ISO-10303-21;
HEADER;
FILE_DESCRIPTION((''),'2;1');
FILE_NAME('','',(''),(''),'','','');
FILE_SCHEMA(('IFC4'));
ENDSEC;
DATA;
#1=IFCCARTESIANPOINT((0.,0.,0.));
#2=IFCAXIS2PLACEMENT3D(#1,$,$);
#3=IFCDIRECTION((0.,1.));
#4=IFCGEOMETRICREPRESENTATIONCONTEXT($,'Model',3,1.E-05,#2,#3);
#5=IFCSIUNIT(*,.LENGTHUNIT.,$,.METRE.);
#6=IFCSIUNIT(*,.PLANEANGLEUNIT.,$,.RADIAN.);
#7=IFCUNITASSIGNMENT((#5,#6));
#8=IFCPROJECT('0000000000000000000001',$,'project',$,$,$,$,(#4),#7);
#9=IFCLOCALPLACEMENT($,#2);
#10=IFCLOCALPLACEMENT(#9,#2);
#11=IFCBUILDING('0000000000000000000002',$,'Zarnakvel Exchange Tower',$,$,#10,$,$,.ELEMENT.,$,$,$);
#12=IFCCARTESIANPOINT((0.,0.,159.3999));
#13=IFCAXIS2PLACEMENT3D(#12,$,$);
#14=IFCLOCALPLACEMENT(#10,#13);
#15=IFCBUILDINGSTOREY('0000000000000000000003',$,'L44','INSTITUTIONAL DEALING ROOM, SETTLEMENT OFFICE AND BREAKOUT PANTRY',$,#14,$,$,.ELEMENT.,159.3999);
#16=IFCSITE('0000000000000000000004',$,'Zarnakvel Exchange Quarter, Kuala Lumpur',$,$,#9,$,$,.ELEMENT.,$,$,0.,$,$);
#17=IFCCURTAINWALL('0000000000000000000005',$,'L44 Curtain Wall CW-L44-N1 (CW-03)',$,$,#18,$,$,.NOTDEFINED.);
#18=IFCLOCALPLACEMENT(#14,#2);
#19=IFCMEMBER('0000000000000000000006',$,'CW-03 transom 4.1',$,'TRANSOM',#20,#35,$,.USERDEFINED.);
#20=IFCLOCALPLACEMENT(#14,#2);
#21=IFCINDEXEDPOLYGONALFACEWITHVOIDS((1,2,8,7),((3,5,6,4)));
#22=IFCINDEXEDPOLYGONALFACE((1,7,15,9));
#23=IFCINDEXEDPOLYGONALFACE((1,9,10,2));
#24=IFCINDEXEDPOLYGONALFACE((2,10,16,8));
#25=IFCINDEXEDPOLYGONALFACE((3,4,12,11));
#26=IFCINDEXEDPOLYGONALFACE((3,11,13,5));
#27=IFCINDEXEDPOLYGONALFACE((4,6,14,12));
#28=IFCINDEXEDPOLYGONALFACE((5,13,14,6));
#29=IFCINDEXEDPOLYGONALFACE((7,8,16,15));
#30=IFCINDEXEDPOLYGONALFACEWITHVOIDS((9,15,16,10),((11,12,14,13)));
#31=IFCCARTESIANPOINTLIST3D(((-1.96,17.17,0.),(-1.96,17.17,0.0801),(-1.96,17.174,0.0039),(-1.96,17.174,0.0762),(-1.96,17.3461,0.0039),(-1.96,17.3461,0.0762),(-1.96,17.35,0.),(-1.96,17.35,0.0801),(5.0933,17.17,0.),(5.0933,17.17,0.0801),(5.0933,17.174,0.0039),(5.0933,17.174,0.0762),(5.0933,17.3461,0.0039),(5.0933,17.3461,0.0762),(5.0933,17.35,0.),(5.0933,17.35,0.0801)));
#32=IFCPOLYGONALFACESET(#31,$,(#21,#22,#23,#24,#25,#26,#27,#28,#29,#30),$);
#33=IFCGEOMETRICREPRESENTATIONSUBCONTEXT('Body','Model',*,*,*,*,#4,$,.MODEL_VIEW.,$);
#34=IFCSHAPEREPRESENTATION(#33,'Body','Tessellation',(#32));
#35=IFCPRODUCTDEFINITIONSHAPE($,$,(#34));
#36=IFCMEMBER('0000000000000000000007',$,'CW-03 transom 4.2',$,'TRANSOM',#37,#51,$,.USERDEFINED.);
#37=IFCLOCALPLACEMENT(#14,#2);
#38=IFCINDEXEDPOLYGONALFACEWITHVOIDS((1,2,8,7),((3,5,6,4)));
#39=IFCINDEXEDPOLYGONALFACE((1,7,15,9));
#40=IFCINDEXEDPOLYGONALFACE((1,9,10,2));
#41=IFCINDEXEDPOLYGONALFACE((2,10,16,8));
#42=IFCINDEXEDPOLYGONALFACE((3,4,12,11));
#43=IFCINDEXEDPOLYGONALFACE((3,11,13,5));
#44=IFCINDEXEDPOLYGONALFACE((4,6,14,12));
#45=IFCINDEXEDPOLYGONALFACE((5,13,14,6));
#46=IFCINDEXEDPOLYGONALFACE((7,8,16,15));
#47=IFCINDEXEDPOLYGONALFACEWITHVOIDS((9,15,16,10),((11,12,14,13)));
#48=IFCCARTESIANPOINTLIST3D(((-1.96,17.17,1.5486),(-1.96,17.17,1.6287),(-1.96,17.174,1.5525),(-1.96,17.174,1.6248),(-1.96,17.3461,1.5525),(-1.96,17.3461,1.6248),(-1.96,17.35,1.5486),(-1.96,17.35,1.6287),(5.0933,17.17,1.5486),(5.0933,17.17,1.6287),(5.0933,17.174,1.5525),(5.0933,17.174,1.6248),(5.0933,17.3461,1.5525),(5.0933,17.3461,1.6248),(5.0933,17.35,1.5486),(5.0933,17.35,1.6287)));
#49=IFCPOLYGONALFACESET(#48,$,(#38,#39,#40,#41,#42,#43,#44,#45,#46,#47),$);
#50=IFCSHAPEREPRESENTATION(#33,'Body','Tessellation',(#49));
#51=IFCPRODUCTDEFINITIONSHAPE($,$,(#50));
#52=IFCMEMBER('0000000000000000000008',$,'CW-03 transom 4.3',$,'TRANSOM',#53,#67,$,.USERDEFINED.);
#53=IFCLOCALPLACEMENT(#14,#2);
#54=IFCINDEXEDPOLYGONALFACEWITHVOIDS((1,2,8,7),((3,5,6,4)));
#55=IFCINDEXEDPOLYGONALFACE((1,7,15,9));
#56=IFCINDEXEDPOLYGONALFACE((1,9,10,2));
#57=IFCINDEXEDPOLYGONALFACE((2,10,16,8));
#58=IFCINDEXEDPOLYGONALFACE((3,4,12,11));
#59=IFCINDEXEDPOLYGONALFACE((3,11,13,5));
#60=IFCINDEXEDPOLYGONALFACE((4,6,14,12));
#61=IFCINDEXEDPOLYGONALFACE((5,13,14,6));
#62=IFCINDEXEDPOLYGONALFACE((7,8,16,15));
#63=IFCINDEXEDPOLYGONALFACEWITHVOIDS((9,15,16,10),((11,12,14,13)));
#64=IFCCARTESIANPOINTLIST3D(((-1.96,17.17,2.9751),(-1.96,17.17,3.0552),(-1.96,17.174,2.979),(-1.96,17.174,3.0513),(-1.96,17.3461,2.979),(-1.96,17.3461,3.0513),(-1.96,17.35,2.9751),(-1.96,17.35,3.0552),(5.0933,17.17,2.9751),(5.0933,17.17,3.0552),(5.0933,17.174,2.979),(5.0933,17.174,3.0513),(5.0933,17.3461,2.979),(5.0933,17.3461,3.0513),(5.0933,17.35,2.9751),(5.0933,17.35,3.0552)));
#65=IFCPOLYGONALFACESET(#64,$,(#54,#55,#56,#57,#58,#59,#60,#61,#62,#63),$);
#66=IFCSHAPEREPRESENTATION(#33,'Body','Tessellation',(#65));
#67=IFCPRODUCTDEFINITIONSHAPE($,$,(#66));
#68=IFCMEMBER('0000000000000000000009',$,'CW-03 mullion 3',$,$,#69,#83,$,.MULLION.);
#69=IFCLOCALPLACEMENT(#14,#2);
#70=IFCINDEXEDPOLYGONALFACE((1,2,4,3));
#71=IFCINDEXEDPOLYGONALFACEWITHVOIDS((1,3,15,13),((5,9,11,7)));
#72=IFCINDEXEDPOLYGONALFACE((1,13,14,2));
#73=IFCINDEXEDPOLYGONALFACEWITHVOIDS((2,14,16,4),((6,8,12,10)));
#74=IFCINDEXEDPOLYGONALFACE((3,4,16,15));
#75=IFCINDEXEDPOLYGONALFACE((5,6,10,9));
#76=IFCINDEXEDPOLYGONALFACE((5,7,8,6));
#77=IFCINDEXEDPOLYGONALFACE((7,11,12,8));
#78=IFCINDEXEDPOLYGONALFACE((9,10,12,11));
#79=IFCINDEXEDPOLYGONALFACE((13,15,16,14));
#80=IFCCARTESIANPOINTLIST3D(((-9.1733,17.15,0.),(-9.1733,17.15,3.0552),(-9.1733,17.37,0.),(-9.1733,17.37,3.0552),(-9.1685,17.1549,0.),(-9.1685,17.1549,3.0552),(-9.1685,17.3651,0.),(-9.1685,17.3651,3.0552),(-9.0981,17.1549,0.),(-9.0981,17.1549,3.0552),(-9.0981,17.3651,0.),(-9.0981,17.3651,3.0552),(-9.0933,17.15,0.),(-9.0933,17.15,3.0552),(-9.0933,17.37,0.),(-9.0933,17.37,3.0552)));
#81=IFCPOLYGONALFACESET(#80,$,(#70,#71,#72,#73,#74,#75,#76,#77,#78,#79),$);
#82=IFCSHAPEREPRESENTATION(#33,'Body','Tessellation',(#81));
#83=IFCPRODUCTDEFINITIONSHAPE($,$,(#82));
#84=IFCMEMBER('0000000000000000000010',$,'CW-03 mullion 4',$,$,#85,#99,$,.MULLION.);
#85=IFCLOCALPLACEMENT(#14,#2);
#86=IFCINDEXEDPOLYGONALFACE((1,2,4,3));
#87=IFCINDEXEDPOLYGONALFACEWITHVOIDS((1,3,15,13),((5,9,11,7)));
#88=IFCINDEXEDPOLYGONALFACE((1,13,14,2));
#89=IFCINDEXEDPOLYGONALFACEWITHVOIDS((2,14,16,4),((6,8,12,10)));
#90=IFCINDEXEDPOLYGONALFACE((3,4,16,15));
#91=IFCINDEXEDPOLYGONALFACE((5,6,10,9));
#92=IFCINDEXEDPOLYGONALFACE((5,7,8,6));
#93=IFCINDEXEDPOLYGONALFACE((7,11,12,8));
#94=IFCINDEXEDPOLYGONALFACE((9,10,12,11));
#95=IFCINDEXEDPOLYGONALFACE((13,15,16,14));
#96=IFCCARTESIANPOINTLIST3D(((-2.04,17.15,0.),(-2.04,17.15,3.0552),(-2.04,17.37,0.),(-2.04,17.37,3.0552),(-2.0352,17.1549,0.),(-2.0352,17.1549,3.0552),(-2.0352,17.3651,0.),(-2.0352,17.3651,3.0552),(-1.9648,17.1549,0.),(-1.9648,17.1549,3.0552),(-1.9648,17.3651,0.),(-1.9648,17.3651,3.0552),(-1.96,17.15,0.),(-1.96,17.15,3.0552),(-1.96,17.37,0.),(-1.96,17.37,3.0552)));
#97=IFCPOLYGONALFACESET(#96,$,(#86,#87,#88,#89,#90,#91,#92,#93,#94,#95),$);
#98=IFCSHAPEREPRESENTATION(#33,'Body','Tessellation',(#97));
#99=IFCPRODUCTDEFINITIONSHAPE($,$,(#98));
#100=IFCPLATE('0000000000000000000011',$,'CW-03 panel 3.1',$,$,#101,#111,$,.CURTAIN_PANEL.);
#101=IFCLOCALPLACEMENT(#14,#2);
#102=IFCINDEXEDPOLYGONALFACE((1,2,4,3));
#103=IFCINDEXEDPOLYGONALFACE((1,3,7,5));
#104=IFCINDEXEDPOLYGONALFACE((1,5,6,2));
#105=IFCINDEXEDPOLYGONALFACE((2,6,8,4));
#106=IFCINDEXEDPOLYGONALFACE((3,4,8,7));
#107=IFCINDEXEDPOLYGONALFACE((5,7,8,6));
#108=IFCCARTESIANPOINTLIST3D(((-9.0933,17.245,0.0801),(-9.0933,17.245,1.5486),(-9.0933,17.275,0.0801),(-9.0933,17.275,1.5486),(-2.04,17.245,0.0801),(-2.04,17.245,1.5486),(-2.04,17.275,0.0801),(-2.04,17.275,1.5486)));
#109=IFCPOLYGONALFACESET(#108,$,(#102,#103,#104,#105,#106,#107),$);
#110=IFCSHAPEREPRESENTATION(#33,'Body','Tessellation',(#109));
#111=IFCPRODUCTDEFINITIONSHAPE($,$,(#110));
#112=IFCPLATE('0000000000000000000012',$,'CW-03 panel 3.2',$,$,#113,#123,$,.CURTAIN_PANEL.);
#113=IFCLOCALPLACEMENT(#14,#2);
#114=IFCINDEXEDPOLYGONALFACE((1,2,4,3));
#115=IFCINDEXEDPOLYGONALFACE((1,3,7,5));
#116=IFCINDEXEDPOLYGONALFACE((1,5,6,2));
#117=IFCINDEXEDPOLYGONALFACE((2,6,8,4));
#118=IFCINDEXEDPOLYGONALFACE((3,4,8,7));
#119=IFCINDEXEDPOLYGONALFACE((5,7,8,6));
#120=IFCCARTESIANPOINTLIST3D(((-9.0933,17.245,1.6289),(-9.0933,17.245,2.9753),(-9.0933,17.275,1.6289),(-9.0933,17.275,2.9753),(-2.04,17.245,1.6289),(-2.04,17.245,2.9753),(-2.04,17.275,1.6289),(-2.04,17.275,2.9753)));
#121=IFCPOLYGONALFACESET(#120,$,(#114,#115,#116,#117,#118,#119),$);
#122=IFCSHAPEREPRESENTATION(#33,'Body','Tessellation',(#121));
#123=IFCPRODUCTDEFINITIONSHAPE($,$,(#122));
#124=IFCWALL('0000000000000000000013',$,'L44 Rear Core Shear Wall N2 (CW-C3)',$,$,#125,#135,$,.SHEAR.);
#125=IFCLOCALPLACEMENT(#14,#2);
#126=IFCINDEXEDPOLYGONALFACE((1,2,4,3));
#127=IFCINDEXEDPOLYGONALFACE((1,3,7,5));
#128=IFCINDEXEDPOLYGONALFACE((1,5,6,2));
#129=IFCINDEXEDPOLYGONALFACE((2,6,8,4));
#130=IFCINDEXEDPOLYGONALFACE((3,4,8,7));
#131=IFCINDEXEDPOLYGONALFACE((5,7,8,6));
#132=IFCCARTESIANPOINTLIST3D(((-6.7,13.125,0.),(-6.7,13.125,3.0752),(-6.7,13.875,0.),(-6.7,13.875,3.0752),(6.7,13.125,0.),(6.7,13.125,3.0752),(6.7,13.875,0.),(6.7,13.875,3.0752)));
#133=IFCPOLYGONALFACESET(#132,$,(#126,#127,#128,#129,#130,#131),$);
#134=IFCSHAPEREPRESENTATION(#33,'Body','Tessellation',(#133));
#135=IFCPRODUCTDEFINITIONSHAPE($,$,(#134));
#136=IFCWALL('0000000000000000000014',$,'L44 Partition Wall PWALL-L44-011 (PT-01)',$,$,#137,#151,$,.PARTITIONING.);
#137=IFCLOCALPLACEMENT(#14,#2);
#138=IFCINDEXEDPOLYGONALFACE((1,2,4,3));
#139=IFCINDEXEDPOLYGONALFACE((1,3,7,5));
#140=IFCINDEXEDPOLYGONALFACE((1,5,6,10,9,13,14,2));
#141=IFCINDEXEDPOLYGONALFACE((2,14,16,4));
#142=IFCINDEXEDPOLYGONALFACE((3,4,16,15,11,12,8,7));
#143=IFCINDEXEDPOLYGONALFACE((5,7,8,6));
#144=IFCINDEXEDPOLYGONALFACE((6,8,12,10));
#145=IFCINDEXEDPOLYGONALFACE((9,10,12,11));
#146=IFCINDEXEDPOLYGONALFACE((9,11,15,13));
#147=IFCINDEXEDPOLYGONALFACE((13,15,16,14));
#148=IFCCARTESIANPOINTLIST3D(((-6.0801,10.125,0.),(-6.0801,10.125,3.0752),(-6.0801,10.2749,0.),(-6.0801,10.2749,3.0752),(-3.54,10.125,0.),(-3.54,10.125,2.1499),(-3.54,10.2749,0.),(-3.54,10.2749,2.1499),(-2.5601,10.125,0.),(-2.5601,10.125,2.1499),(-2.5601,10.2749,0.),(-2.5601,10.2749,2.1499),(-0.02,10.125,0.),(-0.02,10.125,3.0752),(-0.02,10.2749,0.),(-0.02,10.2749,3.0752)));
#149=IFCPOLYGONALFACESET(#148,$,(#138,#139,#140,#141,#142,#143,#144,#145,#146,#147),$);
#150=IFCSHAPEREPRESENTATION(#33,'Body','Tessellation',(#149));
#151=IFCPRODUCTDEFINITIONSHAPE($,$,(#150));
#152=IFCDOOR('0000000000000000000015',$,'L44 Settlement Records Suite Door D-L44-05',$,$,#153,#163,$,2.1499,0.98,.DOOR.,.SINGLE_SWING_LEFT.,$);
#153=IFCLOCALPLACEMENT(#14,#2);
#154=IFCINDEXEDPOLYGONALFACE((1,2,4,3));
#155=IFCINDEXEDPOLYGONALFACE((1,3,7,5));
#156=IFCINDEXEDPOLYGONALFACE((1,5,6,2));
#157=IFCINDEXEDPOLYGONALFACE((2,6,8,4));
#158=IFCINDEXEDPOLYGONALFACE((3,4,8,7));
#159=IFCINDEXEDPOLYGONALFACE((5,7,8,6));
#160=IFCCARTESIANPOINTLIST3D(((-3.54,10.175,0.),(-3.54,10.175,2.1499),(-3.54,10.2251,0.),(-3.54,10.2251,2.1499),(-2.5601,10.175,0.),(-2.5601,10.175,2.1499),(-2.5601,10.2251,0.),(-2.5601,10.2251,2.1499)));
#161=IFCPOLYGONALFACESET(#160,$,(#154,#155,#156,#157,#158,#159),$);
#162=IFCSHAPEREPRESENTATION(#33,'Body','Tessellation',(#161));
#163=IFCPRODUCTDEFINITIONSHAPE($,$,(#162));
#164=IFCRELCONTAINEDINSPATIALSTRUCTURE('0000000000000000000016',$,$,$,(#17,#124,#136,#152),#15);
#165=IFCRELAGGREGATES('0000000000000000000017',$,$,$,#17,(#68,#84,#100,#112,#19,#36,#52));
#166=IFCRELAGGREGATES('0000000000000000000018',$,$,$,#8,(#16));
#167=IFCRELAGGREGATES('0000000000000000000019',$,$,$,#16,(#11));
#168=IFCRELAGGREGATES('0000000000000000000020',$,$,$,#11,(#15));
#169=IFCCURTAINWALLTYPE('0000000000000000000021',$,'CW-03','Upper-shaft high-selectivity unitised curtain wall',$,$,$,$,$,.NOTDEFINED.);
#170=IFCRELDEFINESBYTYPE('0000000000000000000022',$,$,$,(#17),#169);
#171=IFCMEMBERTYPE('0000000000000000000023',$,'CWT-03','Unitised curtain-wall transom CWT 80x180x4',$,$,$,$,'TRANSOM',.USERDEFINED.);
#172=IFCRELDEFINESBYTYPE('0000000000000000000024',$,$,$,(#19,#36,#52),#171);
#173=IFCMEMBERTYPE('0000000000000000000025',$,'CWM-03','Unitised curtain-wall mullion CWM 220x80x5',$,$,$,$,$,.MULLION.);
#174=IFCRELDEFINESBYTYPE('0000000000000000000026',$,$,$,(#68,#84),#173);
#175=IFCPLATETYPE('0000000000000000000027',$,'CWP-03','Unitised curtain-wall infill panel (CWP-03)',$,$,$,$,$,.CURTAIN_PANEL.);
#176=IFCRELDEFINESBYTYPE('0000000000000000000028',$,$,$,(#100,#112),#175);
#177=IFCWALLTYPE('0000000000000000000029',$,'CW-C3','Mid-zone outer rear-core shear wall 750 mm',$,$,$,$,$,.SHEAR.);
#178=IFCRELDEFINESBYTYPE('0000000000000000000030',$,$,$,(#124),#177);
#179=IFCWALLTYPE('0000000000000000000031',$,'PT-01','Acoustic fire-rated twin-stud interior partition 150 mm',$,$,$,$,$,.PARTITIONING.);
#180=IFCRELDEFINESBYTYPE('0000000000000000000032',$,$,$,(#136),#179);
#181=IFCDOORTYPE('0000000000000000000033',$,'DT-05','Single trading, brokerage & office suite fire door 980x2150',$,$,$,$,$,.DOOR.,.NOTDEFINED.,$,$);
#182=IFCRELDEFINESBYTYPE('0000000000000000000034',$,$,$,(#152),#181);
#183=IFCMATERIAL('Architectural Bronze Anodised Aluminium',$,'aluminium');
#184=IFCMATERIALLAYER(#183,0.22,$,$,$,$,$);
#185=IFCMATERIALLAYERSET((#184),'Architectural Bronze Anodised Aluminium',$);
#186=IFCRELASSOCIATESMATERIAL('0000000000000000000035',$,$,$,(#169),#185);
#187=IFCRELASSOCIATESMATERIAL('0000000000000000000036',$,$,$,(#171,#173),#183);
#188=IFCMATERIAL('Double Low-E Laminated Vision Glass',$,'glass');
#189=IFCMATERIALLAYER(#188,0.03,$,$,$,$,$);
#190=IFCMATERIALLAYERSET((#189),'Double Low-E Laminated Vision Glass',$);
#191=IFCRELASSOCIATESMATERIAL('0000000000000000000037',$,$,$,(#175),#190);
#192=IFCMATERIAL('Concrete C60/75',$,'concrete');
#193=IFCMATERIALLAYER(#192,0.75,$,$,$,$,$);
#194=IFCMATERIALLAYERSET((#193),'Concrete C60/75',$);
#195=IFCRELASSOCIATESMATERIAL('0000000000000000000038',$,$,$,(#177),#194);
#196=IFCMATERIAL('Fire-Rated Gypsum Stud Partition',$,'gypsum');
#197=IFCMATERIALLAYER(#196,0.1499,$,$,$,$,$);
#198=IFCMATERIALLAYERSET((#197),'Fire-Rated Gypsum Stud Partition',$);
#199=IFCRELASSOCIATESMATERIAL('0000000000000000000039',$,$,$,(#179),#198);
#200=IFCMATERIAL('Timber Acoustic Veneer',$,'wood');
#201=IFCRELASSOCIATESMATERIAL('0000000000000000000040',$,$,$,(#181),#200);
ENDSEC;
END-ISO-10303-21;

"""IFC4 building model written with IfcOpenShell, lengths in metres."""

from ifc_helpers import new_model, si_unit, direction, frame, frame_2d, origin, origin_2d, place, context, subcontext, project, spatial, rectangle, hollow_rectangle, extrude, source, transform, mapped, material, layer, layer_set, material_profile, profile_set, type_object, element, fill, aggregate, save


model = new_model("IFC4")

# Units and contexts
model_context = context("Model", 3, precision=1e-05, world=origin(), true_north=direction((0.0, 1.0)))
body_context = subcontext(model_context, "Body", "Model", "MODEL_VIEW")
ifc_project = project(units=[si_unit("LENGTHUNIT", "METRE"), si_unit("PLANEANGLEUNIT", "RADIAN")], contexts=[model_context])

# Site, building, storey
site_placement = place(None, origin())
site = spatial("IfcSite", under=ifc_project, at=site_placement, Name="Zarnakvel Exchange Quarter, Kuala Lumpur", CompositionType="ELEMENT", RefElevation=0.0)
building_placement = place(site_placement, origin())
building = spatial("IfcBuilding", under=site, at=building_placement, Name="Zarnakvel Exchange Tower", CompositionType="ELEMENT")
storey_placement = place(building_placement, frame((0.0, 0.0, 159.3999)))
storey = spatial("IfcBuildingStorey", under=building, at=storey_placement, Name="L44", Description="INSTITUTIONAL DEALING ROOM, SETTLEMENT OFFICE AND BREAKOUT PANTRY", CompositionType="ELEMENT", Elevation=159.3999)

# Shared definitions
ifc_material_1 = material(Name="Concrete C60/75", Category="concrete")

# Curtain wall, members, plates
ifc_material_2 = material(Name="Architectural Bronze Anodised Aluminium", Category="aluminium")
ifc_layer_1 = layer(ifc_material_2, 0.22)
ifc_layer_set_1 = layer_set([ifc_layer_1], Name="Architectural Bronze Anodised Aluminium")
curtain_wall_type = type_object("IfcCurtainWallType", Name="CW-03", Description="Upper-shaft high-selectivity unitised curtain wall", PredefinedType="NOTDEFINED", material=ifc_layer_set_1)
curtain_wall_placement = place(storey_placement, origin())
curtain_wall = element("IfcCurtainWall", 1, at=curtain_wall_placement, inside=storey, type_object=curtain_wall_type, Name="L44 Curtain Wall CW-L44-N1 (CW-03)", PredefinedType="NOTDEFINED")
ifc_material_profile_1 = material_profile(ifc_material_2, hollow_rectangle(XDim=0.1799, YDim=0.0801, WallThickness=0.0039, at=origin_2d()))
ifc_profile_set_1 = profile_set([ifc_material_profile_1], Name="Architectural Bronze Anodised Aluminium")
member_type_1 = type_object("IfcMemberType", Name="CWT-03", Description="Unitised curtain-wall transom CWT 80x180x4", ElementType="TRANSOM", PredefinedType="USERDEFINED", material=ifc_profile_set_1)
shared_shape_1 = source(origin(), body_context, "Body", "SweptSolid", [
    extrude(hollow_rectangle(XDim=0.1799, YDim=0.0801, WallThickness=0.0039, at=origin_2d()), origin(), (0.0, 0.0, 1.0), 7.0532),
])
member_1_placement = place(storey_placement, frame((-1.96, 17.26, 0.04), z_axis=(1.0, 0.0, 0.0), x_axis=(0.0, 1.0, 0.0)))
member_1 = element("IfcMember", 2, at=member_1_placement, type_object=member_type_1, Name="CW-03 transom 4.1", ObjectType="TRANSOM", PredefinedType="USERDEFINED", context=body_context, shape_type="MappedRepresentation", body=[
    mapped(shared_shape_1, transform((0.0, 0.0, 0.0), x_axis=(1.0, 0.0, 0.0), y_axis=(0.0, 1.0, 0.0), z_axis=(0.0, 0.0, 1.0), scale=1.0)),
])
member_2_placement = place(storey_placement, frame((-1.96, 17.26, 1.5886), z_axis=(1.0, 0.0, 0.0), x_axis=(0.0, 1.0, 0.0)))
member_2 = element("IfcMember", 3, at=member_2_placement, type_object=member_type_1, Name="CW-03 transom 4.2", ObjectType="TRANSOM", PredefinedType="USERDEFINED", context=body_context, shape_type="MappedRepresentation", body=[
    mapped(shared_shape_1, transform((0.0, 0.0, 0.0), x_axis=(1.0, 0.0, 0.0), y_axis=(0.0, 1.0, 0.0), z_axis=(0.0, 0.0, 1.0), scale=1.0)),
])
member_3_placement = place(storey_placement, frame((-1.96, 17.26, 3.0151), z_axis=(1.0, 0.0, 0.0), x_axis=(0.0, 1.0, 0.0)))
member_3 = element("IfcMember", 4, at=member_3_placement, type_object=member_type_1, Name="CW-03 transom 4.3", ObjectType="TRANSOM", PredefinedType="USERDEFINED", context=body_context, shape_type="MappedRepresentation", body=[
    mapped(shared_shape_1, transform((0.0, 0.0, 0.0), x_axis=(1.0, 0.0, 0.0), y_axis=(0.0, 1.0, 0.0), z_axis=(0.0, 0.0, 1.0), scale=1.0)),
])
ifc_material_profile_2 = material_profile(ifc_material_2, hollow_rectangle(XDim=0.22, YDim=0.0801, WallThickness=0.0049, at=origin_2d()))
ifc_profile_set_2 = profile_set([ifc_material_profile_2], Name="Architectural Bronze Anodised Aluminium")
member_type_2 = type_object("IfcMemberType", Name="CWM-03", Description="Unitised curtain-wall mullion CWM 220x80x5", PredefinedType="MULLION", material=ifc_profile_set_2)
shared_shape_2 = source(origin(), body_context, "Body", "SweptSolid", [
    extrude(hollow_rectangle(XDim=0.22, YDim=0.0801, WallThickness=0.0049, at=origin_2d()), origin(), (0.0, 0.0, 1.0), 3.0552),
])
member_4_placement = place(storey_placement, frame((-9.1333, 17.26, 0.0), z_axis=(0.0, 0.0, 1.0), x_axis=(0.0, 1.0, 0.0)))
member_4 = element("IfcMember", 5, at=member_4_placement, type_object=member_type_2, Name="CW-03 mullion 3", PredefinedType="MULLION", context=body_context, shape_type="MappedRepresentation", body=[
    mapped(shared_shape_2, transform((0.0, 0.0, 0.0), x_axis=(1.0, 0.0, 0.0), y_axis=(0.0, 1.0, 0.0), z_axis=(0.0, 0.0, 1.0), scale=1.0)),
])
member_5_placement = place(storey_placement, frame((-2.0, 17.26, 0.0), z_axis=(0.0, 0.0, 1.0), x_axis=(0.0, 1.0, 0.0)))
member_5 = element("IfcMember", 6, at=member_5_placement, type_object=member_type_2, Name="CW-03 mullion 4", PredefinedType="MULLION", context=body_context, shape_type="MappedRepresentation", body=[
    mapped(shared_shape_2, transform((0.0, 0.0, 0.0), x_axis=(1.0, 0.0, 0.0), y_axis=(0.0, 1.0, 0.0), z_axis=(0.0, 0.0, 1.0), scale=1.0)),
])
ifc_material_3 = material(Name="Double Low-E Laminated Vision Glass", Category="glass")
ifc_layer_2 = layer(ifc_material_3, 0.03)
ifc_layer_set_2 = layer_set([ifc_layer_2], Name="Double Low-E Laminated Vision Glass")
plate_type = type_object("IfcPlateType", Name="CWP-03", Description="Unitised curtain-wall infill panel (CWP-03)", PredefinedType="CURTAIN_PANEL", material=ifc_layer_set_2)
shared_shape_3 = source(origin(), body_context, "Body", "SweptSolid", [
    extrude(rectangle(XDim=7.0532, YDim=0.03, at=origin_2d()), origin(), (0.0, 0.0, 1.0), 1.4685),
])
plate_1_placement = place(storey_placement, frame((-5.5667, 17.26, 0.0801), z_axis=(0.0, 0.0, 1.0), x_axis=(1.0, 0.0, 0.0)))
plate_1 = element("IfcPlate", 7, at=plate_1_placement, type_object=plate_type, Name="CW-03 panel 3.1", PredefinedType="CURTAIN_PANEL", context=body_context, shape_type="MappedRepresentation", body=[
    mapped(shared_shape_3, transform((0.0, 0.0, 0.0), x_axis=(1.0, 0.0, 0.0), y_axis=(0.0, 1.0, 0.0), z_axis=(0.0, 0.0, 1.0), scale=1.0)),
])
shared_shape_4 = source(origin(), body_context, "Body", "SweptSolid", [
    extrude(rectangle(XDim=7.0532, YDim=0.03, at=origin_2d()), origin(), (0.0, 0.0, 1.0), 1.3464),
])
plate_2_placement = place(storey_placement, frame((-5.5667, 17.26, 1.6289), z_axis=(0.0, 0.0, 1.0), x_axis=(1.0, 0.0, 0.0)))
plate_2 = element("IfcPlate", 8, at=plate_2_placement, type_object=plate_type, Name="CW-03 panel 3.2", PredefinedType="CURTAIN_PANEL", context=body_context, shape_type="MappedRepresentation", body=[
    mapped(shared_shape_4, transform((0.0, 0.0, 0.0), x_axis=(1.0, 0.0, 0.0), y_axis=(0.0, 1.0, 0.0), z_axis=(0.0, 0.0, 1.0), scale=1.0)),
])
aggregate(curtain_wall, [member_4, member_5, plate_1, plate_2, member_1, member_2, member_3])

# Wall
ifc_layer_3 = layer(ifc_material_1, 0.75)
ifc_layer_set_3 = layer_set([ifc_layer_3], Name="Concrete C60/75")
wall_type_1 = type_object("IfcWallType", Name="CW-C3", Description="Mid-zone outer rear-core shear wall 750 mm", PredefinedType="SHEAR", material=ifc_layer_set_3)
wall_1_placement = place(storey_placement, frame((-6.7, 13.5, 0.0), z_axis=(0.0, 0.0, 1.0), x_axis=(1.0, 0.0, 0.0)))
element("IfcWall", 9, at=wall_1_placement, inside=storey, type_object=wall_type_1, Name="L44 Rear Core Shear Wall N2 (CW-C3)", PredefinedType="SHEAR", context=body_context, shape_type="SweptSolid", body=[
    extrude(rectangle(XDim=13.3999, YDim=0.75, at=frame_2d((6.7, 0.0))), origin(), (0.0, 0.0, 1.0), 3.0752),
])

# Wall, opening, door
ifc_material_4 = material(Name="Fire-Rated Gypsum Stud Partition", Category="gypsum")
ifc_layer_4 = layer(ifc_material_4, 0.1499)
ifc_layer_set_4 = layer_set([ifc_layer_4], Name="Fire-Rated Gypsum Stud Partition")
wall_type_2 = type_object("IfcWallType", Name="PT-01", Description="Acoustic fire-rated twin-stud interior partition 150 mm", PredefinedType="PARTITIONING", material=ifc_layer_set_4)
wall_2_placement = place(storey_placement, frame((-0.02, 10.2, 0.0), z_axis=(0.0, 0.0, 1.0), x_axis=(-1.0, 0.0, 0.0)))
wall_2 = element("IfcWall", 10, at=wall_2_placement, inside=storey, type_object=wall_type_2, Name="L44 Partition Wall PWALL-L44-011 (PT-01)", PredefinedType="PARTITIONING", context=body_context, shape_type="SweptSolid", body=[
    extrude(rectangle(XDim=6.0601, YDim=0.1499, at=frame_2d((3.03, 0.0))), origin(), (0.0, 0.0, 1.0), 3.0752),
])
opening_1_placement = place(wall_2_placement, frame((2.54, 0.0, 0.0)))
opening_1 = element("IfcOpeningElement", 11, at=opening_1_placement, cuts=wall_2, PredefinedType="OPENING", context=body_context, shape_type="SweptSolid", body=[
    extrude(rectangle(XDim=0.98, YDim=2.1499, at=frame_2d((0.49, 1.075))), frame((0.0, 0.085, 0.0), z_axis=(0.0, -1.0, 0.0), x_axis=(1.0, 0.0, 0.0)), (0.0, 0.0, 1.0), 0.1699),
])
ifc_material_5 = material(Name="Timber Acoustic Veneer", Category="wood")
door_type = type_object("IfcDoorType", Name="DT-05", Description="Single trading, brokerage & office suite fire door 980x2150", OperationType="NOTDEFINED", PredefinedType="DOOR", material=ifc_material_5)
shared_shape_5 = source(origin(), body_context, "Body", "SweptSolid", [
    extrude(rectangle(XDim=0.98, YDim=2.1499, at=frame_2d((0.49, 1.075))), frame((0.0, 0.0249, 0.0), z_axis=(0.0, -1.0, 0.0), x_axis=(1.0, 0.0, 0.0)), (0.0, 0.0, 1.0), 0.05),
])
door_1_placement = place(opening_1_placement, origin())
door_1 = element("IfcDoor", 12, at=door_1_placement, inside=storey, type_object=door_type, Name="L44 Settlement Records Suite Door D-L44-05", OperationType="SINGLE_SWING_LEFT", OverallHeight=2.1499, OverallWidth=0.98, PredefinedType="DOOR", context=body_context, shape_type="MappedRepresentation", body=[
    mapped(shared_shape_5, transform((0.0, 0.0, 0.0), x_axis=(1.0, 0.0, 0.0), y_axis=(0.0, 1.0, 0.0), z_axis=(0.0, 0.0, 1.0), scale=1.0)),
])
fill(opening_1, door_1)

save(model, "model.ifc")
